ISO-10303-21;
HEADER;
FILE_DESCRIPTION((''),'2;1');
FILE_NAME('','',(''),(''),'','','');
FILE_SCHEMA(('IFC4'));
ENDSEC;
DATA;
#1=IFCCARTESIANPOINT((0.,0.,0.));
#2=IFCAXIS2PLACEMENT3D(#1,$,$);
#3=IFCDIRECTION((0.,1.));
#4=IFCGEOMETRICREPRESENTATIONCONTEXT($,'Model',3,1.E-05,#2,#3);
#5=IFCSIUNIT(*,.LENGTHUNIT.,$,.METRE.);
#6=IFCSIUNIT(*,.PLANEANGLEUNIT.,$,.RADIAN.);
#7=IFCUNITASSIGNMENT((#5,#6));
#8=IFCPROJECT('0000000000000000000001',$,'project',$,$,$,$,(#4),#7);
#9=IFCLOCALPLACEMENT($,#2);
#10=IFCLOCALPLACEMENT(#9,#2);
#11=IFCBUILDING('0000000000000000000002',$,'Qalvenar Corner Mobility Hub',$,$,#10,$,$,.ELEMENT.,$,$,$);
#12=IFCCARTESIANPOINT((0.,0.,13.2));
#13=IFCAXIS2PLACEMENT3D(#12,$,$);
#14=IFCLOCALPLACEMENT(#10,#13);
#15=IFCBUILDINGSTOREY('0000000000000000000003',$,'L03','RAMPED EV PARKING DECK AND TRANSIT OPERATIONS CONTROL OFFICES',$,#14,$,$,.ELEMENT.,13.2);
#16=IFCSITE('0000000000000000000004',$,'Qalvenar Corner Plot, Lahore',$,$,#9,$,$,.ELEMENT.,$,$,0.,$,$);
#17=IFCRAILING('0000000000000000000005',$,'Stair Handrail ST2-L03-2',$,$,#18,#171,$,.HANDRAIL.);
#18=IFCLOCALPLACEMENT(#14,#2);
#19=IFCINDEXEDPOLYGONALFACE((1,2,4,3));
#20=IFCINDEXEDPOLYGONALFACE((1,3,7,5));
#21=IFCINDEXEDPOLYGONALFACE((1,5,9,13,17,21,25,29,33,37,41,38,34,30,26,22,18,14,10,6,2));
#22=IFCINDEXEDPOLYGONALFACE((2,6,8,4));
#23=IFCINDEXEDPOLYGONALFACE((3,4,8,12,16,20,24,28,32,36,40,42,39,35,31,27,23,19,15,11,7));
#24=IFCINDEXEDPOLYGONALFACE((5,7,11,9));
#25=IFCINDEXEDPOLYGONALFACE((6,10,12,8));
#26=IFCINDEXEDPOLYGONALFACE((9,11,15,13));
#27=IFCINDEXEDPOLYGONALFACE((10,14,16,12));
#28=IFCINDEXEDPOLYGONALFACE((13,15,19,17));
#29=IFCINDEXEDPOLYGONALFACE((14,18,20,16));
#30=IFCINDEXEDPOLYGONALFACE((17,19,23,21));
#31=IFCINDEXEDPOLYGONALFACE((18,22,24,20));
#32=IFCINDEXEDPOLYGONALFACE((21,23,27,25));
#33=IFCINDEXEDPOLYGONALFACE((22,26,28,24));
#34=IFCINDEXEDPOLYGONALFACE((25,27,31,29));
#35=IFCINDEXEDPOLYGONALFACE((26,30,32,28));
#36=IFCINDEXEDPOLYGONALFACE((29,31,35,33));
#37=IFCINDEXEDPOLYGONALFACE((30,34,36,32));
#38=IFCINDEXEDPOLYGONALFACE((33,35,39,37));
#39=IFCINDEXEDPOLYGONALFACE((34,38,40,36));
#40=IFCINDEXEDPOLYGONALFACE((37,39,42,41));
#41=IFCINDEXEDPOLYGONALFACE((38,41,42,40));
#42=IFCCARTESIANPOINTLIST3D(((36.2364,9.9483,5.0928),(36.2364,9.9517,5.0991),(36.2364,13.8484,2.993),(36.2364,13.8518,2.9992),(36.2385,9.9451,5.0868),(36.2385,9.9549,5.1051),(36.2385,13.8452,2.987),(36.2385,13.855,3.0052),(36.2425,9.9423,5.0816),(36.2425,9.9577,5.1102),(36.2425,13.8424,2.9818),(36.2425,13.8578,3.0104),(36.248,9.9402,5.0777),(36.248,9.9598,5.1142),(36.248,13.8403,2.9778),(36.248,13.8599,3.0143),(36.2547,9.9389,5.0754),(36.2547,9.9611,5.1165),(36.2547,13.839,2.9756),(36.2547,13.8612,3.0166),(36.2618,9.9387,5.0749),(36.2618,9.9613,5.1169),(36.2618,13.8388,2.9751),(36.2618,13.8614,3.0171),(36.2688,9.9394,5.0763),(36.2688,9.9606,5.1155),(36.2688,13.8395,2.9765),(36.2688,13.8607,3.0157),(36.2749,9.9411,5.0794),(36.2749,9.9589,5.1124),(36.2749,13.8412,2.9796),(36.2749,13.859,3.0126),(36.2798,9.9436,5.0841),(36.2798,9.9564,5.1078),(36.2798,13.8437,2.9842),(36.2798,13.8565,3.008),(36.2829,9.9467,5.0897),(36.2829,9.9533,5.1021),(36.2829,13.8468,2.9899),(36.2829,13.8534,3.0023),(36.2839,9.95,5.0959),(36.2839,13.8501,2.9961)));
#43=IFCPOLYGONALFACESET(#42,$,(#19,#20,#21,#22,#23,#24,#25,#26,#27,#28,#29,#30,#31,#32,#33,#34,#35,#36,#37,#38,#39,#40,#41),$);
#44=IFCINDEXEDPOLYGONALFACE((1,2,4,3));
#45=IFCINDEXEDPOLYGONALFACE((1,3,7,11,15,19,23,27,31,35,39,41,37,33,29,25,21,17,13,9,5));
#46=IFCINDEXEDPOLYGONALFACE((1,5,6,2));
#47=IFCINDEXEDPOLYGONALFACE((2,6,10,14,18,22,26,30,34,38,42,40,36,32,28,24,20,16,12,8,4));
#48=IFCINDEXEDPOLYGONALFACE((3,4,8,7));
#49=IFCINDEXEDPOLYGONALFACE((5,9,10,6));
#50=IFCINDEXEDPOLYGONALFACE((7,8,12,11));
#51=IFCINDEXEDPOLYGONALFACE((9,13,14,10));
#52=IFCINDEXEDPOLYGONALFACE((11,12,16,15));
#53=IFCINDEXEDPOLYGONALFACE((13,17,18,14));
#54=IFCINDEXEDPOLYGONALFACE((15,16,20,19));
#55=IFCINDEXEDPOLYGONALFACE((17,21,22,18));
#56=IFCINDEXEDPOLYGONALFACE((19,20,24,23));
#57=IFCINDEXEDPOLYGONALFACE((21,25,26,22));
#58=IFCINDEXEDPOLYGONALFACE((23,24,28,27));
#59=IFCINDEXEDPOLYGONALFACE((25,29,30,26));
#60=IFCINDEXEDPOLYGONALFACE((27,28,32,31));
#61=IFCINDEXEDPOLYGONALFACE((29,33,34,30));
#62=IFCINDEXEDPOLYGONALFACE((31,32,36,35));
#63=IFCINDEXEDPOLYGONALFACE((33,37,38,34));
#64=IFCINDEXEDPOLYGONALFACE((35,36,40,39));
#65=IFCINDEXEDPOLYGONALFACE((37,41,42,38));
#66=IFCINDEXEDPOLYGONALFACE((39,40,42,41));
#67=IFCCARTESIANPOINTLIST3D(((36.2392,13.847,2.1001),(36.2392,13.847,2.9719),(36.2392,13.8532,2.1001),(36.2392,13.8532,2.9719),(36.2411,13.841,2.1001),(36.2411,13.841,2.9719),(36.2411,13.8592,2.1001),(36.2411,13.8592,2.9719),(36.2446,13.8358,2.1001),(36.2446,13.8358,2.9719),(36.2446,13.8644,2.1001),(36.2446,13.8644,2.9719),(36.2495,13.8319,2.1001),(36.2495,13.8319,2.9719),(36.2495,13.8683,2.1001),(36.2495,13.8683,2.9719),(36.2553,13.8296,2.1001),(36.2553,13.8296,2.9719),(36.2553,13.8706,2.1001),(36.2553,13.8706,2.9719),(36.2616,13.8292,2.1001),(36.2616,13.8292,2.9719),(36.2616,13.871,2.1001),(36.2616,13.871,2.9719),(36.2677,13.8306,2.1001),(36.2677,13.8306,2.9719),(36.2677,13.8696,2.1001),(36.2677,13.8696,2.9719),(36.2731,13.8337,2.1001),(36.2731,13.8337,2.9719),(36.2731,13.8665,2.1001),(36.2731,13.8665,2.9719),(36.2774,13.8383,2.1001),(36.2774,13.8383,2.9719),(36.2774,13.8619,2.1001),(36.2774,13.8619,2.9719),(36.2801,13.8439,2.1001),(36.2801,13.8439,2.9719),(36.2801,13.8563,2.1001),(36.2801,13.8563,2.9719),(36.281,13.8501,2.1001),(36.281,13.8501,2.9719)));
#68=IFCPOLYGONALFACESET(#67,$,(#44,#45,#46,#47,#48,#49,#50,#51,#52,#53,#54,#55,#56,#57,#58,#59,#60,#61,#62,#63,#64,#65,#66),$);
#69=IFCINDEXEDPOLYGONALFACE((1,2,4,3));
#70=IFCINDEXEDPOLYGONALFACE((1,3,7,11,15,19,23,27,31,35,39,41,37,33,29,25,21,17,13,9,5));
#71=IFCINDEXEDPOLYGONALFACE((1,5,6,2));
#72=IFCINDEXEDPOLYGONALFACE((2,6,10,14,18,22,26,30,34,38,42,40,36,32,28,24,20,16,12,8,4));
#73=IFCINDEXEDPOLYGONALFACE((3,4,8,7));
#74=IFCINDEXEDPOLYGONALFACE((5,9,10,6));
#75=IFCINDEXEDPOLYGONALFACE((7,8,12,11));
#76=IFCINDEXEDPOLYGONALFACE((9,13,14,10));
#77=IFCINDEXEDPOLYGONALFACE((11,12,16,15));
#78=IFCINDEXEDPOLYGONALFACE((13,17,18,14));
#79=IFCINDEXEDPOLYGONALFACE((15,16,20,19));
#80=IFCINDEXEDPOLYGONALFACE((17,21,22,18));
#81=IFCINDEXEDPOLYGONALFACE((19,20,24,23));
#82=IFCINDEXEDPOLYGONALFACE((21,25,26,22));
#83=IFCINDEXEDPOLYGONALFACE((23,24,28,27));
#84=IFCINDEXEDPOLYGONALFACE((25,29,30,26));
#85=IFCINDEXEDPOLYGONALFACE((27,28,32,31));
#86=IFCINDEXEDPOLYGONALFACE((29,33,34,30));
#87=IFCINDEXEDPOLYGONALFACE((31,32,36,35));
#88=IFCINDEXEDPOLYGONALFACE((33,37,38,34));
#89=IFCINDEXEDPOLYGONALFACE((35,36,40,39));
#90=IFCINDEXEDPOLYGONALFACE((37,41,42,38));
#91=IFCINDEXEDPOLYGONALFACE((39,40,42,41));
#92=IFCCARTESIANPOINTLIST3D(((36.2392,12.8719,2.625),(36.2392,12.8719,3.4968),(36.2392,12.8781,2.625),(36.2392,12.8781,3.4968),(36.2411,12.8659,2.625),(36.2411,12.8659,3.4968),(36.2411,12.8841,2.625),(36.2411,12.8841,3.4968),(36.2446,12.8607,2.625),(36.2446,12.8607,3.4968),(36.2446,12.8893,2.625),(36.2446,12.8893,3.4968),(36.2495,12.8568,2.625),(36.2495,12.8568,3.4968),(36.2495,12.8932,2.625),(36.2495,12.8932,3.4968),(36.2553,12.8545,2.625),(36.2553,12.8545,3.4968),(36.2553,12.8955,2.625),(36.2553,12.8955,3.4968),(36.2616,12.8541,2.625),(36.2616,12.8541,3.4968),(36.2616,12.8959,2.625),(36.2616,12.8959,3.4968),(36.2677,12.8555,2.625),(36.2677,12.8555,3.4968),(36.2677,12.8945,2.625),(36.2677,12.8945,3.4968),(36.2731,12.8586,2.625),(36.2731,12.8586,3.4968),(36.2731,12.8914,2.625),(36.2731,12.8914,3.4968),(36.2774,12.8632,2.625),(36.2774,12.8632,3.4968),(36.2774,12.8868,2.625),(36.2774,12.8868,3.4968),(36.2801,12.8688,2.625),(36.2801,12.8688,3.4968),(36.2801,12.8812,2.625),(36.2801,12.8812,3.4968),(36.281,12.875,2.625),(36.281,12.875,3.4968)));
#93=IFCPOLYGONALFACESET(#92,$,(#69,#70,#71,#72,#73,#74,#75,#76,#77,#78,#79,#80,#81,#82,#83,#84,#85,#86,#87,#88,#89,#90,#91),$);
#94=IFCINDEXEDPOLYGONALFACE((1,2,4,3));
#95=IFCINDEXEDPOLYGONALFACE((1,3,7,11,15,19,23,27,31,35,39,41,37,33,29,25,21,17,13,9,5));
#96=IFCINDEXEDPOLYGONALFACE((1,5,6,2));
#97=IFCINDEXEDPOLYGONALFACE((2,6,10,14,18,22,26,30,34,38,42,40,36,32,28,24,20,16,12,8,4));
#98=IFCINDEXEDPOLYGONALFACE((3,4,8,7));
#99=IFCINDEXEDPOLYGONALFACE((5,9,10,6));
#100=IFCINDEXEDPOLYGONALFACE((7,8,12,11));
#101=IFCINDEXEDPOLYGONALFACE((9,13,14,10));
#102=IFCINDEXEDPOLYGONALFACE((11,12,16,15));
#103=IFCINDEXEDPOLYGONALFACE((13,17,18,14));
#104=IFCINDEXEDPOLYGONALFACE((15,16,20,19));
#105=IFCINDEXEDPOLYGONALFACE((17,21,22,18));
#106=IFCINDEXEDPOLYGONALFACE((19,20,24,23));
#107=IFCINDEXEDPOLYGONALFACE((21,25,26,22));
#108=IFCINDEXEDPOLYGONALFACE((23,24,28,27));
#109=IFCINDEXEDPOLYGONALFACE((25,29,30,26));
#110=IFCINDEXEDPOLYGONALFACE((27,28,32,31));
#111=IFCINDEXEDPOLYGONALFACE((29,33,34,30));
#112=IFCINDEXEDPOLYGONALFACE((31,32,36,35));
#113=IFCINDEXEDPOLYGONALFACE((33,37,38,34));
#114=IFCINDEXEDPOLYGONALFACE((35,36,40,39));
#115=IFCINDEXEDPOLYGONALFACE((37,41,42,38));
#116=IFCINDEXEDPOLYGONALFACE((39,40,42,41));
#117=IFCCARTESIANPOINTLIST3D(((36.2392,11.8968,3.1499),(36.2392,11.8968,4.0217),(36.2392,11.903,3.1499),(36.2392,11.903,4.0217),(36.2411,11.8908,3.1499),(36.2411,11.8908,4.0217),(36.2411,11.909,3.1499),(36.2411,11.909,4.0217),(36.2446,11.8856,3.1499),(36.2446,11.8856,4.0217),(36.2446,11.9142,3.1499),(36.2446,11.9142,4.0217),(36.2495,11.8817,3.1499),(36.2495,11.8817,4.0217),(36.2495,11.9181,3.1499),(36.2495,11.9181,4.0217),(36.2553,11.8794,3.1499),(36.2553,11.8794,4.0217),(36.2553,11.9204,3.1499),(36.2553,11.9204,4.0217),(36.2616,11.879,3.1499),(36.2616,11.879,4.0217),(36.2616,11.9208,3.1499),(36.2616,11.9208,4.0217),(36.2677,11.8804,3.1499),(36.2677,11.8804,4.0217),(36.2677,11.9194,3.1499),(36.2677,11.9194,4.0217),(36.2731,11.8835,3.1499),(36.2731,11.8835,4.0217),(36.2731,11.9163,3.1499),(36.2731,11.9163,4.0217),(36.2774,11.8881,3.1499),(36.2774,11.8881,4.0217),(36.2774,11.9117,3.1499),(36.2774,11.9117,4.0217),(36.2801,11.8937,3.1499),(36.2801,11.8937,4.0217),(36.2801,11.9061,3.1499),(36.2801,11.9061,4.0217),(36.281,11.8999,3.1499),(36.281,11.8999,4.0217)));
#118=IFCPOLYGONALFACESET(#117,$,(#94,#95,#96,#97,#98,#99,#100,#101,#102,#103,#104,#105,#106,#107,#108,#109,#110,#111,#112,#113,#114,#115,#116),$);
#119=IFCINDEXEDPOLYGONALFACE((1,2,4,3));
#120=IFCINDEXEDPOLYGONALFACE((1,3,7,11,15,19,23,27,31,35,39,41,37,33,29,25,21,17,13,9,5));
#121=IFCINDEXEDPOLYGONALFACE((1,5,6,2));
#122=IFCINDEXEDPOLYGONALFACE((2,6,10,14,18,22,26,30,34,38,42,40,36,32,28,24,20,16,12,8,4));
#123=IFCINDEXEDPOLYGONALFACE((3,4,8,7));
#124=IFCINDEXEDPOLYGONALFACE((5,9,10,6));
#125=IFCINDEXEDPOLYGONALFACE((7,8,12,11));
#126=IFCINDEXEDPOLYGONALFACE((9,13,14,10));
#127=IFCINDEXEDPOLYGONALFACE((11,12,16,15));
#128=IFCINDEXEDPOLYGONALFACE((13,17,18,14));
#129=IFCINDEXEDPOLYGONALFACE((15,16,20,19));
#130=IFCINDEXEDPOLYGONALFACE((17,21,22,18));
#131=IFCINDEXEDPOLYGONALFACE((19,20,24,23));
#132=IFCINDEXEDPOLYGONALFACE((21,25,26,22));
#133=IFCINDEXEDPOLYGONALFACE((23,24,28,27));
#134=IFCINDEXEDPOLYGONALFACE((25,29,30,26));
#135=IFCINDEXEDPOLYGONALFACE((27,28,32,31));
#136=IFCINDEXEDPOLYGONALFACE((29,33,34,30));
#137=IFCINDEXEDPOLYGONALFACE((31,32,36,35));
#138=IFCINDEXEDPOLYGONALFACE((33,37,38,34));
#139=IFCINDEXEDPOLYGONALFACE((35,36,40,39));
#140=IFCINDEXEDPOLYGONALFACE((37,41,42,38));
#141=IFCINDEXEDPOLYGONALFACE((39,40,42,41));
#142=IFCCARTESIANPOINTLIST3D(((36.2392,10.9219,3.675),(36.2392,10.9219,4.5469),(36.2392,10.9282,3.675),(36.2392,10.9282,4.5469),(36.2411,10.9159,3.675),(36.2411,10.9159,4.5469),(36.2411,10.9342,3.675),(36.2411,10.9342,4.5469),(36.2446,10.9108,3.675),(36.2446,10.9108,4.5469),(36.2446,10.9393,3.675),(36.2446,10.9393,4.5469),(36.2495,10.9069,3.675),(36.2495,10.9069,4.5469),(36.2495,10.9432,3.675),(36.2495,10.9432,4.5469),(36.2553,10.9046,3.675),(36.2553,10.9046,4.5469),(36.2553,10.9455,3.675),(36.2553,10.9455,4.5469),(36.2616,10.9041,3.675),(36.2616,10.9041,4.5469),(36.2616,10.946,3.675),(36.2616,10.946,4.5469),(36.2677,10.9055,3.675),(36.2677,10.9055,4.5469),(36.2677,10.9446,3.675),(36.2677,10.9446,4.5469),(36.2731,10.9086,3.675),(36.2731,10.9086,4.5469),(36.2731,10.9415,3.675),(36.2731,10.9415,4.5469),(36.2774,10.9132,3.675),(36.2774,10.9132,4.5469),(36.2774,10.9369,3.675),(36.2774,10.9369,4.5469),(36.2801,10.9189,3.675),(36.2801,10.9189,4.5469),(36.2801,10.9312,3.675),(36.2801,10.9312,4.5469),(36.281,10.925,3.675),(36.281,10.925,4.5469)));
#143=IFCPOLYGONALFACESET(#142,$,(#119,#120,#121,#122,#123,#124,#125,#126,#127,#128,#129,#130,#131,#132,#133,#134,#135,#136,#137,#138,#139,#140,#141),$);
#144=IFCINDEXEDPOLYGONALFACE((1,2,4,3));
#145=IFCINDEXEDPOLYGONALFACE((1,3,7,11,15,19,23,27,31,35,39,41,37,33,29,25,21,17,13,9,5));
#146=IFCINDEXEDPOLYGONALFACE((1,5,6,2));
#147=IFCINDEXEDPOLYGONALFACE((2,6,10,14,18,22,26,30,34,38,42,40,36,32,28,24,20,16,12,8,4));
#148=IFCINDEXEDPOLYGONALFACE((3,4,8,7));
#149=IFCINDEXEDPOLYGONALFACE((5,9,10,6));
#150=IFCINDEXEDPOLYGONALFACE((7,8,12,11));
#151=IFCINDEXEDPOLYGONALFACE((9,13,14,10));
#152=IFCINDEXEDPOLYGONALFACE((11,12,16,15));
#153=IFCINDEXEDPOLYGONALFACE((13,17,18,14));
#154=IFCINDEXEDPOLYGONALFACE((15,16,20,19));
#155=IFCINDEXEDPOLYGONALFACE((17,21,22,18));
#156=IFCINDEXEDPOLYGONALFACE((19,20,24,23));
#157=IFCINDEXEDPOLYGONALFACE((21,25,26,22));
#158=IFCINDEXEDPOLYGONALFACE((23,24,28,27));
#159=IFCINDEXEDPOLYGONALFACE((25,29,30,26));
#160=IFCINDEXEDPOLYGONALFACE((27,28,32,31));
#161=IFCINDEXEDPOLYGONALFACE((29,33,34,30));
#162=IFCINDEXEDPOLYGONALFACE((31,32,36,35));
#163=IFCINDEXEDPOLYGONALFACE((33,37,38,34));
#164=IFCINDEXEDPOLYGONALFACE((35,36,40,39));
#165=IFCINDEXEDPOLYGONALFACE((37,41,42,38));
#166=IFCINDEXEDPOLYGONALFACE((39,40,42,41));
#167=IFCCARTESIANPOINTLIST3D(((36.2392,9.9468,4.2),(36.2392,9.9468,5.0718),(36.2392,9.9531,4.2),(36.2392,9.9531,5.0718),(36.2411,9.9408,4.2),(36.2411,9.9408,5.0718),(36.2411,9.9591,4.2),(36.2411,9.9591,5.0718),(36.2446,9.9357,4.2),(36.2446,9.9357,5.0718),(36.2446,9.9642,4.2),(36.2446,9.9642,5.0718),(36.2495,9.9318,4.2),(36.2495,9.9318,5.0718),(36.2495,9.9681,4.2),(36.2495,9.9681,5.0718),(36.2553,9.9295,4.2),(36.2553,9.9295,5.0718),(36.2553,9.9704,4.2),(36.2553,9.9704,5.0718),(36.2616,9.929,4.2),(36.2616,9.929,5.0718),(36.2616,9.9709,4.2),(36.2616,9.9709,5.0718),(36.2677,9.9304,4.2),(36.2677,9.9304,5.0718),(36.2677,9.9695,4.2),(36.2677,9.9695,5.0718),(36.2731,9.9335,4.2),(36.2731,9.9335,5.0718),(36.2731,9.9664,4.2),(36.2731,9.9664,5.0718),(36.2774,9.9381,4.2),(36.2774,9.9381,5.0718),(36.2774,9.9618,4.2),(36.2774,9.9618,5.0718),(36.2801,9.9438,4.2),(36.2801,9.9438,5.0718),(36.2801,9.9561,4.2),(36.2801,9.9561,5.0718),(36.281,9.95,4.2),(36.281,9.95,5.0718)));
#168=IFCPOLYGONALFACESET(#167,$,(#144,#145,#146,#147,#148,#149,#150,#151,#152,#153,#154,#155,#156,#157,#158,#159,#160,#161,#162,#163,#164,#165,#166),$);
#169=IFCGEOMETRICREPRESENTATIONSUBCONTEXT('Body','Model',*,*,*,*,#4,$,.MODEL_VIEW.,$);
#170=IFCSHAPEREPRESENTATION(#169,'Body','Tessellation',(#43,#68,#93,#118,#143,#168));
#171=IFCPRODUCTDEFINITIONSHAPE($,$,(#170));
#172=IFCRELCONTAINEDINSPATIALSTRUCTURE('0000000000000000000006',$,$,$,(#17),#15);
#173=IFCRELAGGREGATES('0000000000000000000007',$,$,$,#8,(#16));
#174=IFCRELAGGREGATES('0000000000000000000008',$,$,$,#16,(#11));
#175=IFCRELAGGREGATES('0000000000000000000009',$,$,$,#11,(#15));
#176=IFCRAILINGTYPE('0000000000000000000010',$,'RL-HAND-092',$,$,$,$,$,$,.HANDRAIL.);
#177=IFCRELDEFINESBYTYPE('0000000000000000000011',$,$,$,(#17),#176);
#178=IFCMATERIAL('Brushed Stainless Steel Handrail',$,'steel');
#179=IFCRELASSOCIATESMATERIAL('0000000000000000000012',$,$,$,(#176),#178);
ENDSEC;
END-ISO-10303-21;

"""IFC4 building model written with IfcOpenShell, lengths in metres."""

from ifc_helpers import new_model, si_unit, direction, frame, origin, origin_2d, place, context, subcontext, project, spatial, circle, extrude, material, type_object, element, save


model = new_model("IFC4")

# Units and contexts
model_context = context("Model", 3, precision=1e-05, world=origin(), true_north=direction((0.0, 1.0)))
body_context = subcontext(model_context, "Body", "Model", "MODEL_VIEW")
ifc_project = project(units=[si_unit("LENGTHUNIT", "METRE"), si_unit("PLANEANGLEUNIT", "RADIAN")], contexts=[model_context])

# Site, building, storey
site_placement = place(None, origin())
site = spatial("IfcSite", under=ifc_project, at=site_placement, Name="Qalvenar Corner Plot, Lahore", CompositionType="ELEMENT", RefElevation=0.0)
building_placement = place(site_placement, origin())
building = spatial("IfcBuilding", under=site, at=building_placement, Name="Qalvenar Corner Mobility Hub", CompositionType="ELEMENT")
storey_placement = place(building_placement, frame((0.0, 0.0, 13.2)))
storey = spatial("IfcBuildingStorey", under=building, at=storey_placement, Name="L03", Description="RAMPED EV PARKING DECK AND TRANSIT OPERATIONS CONTROL OFFICES", CompositionType="ELEMENT", Elevation=13.2)

# Railing
ifc_material_1 = material(Name="Brushed Stainless Steel Handrail", Category="steel")
railing_type_1 = type_object("IfcRailingType", Name="RL-HAND-092", PredefinedType="HANDRAIL", material=ifc_material_1)
railing_1_placement = place(storey_placement, frame((36.26, 13.8501, 2.1001)))
element("IfcRailing", 1, at=railing_1_placement, inside=storey, type_object=railing_type_1, Name="Stair Handrail ST2-L03-2", PredefinedType="HANDRAIL", context=body_context, shape_type="SweptSolid", body=[
    extrude(circle(Radius=0.0239, at=origin_2d()), frame((0.0, 0.0, 0.896), z_axis=(0.0, -0.880492, 0.47406), x_axis=(1.0, 0.0, 0.0)), (0.0, 0.0, 1.0), 4.4294),
    extrude(circle(Radius=0.021, at=origin_2d()), origin(), (0.0, 0.0, 1.0), 0.8718),
    extrude(circle(Radius=0.021, at=origin_2d()), frame((0.0, -0.9751, 0.5249)), (0.0, 0.0, 1.0), 0.8718),
    extrude(circle(Radius=0.021, at=origin_2d()), frame((0.0, -1.9502, 1.0498)), (0.0, 0.0, 1.0), 0.8718),
    extrude(circle(Radius=0.021, at=origin_2d()), frame((0.0, -2.925, 1.575)), (0.0, 0.0, 1.0), 0.8718),
    extrude(circle(Radius=0.021, at=origin_2d()), frame((0.0, -3.9001, 2.0999)), (0.0, 0.0, 1.0), 0.8718),
])

save(model, "model.ifc")
